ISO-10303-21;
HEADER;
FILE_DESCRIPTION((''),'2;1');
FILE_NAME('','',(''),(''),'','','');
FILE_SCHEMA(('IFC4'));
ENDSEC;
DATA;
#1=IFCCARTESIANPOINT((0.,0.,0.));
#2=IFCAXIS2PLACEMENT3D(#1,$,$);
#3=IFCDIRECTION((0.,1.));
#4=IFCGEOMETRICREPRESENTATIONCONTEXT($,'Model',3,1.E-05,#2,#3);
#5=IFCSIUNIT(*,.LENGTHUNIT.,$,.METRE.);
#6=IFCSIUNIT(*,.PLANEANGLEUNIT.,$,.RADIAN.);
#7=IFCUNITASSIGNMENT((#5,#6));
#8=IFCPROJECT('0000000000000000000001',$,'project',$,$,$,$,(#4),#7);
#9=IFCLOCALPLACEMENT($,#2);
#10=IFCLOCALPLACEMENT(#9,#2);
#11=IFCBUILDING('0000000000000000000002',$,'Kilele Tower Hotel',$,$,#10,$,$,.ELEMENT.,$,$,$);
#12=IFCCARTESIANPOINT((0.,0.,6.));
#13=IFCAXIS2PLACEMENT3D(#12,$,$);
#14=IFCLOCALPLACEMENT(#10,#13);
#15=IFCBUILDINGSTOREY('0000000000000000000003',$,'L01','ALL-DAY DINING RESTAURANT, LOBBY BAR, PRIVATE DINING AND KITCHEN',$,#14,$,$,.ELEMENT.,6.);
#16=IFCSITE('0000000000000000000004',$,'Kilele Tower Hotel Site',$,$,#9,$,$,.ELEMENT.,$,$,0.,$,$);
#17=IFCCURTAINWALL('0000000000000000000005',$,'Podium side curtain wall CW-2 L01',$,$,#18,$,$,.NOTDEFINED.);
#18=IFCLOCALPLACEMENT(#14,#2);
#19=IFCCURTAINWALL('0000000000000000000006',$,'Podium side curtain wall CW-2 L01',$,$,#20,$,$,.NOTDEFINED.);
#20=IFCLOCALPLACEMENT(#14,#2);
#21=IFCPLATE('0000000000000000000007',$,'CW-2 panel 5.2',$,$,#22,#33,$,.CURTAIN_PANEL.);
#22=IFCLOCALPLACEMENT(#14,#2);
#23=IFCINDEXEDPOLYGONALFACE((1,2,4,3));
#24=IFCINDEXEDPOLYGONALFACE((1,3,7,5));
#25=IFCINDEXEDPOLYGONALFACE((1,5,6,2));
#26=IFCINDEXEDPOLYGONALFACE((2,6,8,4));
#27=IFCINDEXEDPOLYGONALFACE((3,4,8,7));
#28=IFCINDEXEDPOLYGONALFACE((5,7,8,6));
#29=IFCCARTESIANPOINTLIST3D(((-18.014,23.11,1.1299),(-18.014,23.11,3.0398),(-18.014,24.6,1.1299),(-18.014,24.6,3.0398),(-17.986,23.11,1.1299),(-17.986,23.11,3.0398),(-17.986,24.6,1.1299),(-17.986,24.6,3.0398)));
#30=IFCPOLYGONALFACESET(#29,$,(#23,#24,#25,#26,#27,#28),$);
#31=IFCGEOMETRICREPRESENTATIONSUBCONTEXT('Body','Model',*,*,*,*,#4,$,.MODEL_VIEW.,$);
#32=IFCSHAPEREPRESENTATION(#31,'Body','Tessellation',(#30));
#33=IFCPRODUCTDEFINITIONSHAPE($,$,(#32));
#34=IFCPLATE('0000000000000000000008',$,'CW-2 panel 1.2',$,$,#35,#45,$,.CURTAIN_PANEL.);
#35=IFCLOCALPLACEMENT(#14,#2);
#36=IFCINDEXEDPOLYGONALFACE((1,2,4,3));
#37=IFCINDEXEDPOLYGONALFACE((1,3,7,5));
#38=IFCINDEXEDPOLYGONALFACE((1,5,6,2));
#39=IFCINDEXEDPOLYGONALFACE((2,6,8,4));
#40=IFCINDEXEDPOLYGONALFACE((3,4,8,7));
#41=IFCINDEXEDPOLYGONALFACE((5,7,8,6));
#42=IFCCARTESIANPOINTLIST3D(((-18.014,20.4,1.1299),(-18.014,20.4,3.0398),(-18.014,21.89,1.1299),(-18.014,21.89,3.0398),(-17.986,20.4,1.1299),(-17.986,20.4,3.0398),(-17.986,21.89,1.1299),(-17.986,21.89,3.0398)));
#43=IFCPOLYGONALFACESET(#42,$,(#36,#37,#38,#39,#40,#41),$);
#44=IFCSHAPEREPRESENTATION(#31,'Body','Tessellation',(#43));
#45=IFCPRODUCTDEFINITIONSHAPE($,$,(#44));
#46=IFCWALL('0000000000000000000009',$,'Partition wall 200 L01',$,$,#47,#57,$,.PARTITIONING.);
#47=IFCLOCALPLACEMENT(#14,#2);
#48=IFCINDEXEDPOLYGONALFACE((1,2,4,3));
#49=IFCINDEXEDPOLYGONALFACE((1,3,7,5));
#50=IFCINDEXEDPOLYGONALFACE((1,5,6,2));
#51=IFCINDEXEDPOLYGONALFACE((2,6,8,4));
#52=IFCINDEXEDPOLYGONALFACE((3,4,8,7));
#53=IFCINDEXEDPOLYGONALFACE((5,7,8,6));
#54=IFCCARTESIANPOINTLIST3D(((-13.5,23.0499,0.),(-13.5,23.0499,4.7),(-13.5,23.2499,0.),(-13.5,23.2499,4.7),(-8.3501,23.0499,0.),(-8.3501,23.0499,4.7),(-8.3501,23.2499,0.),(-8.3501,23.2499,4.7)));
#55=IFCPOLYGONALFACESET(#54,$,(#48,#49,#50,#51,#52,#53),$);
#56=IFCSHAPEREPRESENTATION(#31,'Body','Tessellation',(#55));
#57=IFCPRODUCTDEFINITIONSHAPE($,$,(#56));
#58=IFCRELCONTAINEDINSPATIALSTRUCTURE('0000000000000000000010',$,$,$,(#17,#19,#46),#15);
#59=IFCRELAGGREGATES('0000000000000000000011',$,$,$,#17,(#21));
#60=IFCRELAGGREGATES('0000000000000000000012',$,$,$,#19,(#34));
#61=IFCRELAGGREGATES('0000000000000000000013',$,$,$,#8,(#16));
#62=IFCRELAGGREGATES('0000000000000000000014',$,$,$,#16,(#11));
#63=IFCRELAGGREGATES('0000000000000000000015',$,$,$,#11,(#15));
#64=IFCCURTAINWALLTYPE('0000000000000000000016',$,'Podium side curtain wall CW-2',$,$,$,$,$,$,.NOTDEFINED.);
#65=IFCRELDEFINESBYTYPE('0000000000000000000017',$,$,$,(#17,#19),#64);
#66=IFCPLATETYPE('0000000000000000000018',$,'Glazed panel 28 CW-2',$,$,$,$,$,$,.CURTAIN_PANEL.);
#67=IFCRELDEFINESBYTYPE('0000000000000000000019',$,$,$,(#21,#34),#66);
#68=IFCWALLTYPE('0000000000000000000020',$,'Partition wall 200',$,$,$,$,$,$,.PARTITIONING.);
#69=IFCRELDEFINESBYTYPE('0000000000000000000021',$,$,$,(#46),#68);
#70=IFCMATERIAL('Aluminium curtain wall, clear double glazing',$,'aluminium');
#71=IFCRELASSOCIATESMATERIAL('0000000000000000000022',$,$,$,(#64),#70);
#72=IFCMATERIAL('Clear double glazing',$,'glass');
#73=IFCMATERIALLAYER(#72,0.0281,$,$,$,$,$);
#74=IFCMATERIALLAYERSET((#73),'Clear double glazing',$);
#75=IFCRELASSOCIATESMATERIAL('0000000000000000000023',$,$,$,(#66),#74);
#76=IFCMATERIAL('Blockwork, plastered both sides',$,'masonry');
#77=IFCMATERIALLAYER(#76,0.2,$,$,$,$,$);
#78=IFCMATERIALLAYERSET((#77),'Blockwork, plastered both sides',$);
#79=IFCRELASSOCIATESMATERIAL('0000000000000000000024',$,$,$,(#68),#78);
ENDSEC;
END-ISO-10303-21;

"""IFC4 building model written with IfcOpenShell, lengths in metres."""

from ifc_helpers import new_model, si_unit, direction, frame, frame_2d, origin, origin_2d, place, context, subcontext, project, spatial, rectangle, extrude, material, layer, layer_set, type_object, element, aggregate, save


model = new_model("IFC4")

# Units and contexts
model_context = context("Model", 3, precision=1e-05, world=origin(), true_north=direction((0.0, 1.0)))
body_context = subcontext(model_context, "Body", "Model", "MODEL_VIEW")
ifc_project = project(units=[si_unit("LENGTHUNIT", "METRE"), si_unit("PLANEANGLEUNIT", "RADIAN")], contexts=[model_context])

# Site, building, storey
site_placement = place(None, origin())
site = spatial("IfcSite", under=ifc_project, at=site_placement, Name="Kilele Tower Hotel Site", CompositionType="ELEMENT", RefElevation=0.0)
building_placement = place(site_placement, origin())
building = spatial("IfcBuilding", under=site, at=building_placement, Name="Kilele Tower Hotel", CompositionType="ELEMENT")
storey_placement = place(building_placement, frame((0.0, 0.0, 6.0)))
storey = spatial("IfcBuildingStorey", under=building, at=storey_placement, Name="L01", Description="ALL-DAY DINING RESTAURANT, LOBBY BAR, PRIVATE DINING AND KITCHEN", CompositionType="ELEMENT", Elevation=6.0)

# Curtain wall
ifc_material_1 = material(Name="Aluminium curtain wall, clear double glazing", Category="aluminium")
curtain_wall_type = type_object("IfcCurtainWallType", Name="Podium side curtain wall CW-2", PredefinedType="NOTDEFINED", material=ifc_material_1)
curtain_wall_1_placement = place(storey_placement, origin())
curtain_wall_1 = element("IfcCurtainWall", 1, at=curtain_wall_1_placement, inside=storey, type_object=curtain_wall_type, Name="Podium side curtain wall CW-2 L01", PredefinedType="NOTDEFINED")

# Curtain wall
curtain_wall_2_placement = place(storey_placement, origin())
curtain_wall_2 = element("IfcCurtainWall", 2, at=curtain_wall_2_placement, inside=storey, type_object=curtain_wall_type, Name="Podium side curtain wall CW-2 L01", PredefinedType="NOTDEFINED")

# Plates
ifc_material_2 = material(Name="Clear double glazing", Category="glass")
ifc_layer_1 = layer(ifc_material_2, 0.0281)
ifc_layer_set_1 = layer_set([ifc_layer_1], Name="Clear double glazing")
plate_type = type_object("IfcPlateType", Name="Glazed panel 28 CW-2", PredefinedType="CURTAIN_PANEL", material=ifc_layer_set_1)
plate_1_placement = place(storey_placement, frame((-18.0, 23.855, 1.1299), z_axis=(0.0, 0.0, 1.0), x_axis=(0.0, -1.0, 0.0)))
plate_1 = element("IfcPlate", 3, at=plate_1_placement, type_object=plate_type, Name="CW-2 panel 5.2", PredefinedType="CURTAIN_PANEL", context=body_context, shape_type="SweptSolid", body=[
    extrude(rectangle(XDim=1.49, YDim=0.0281, at=origin_2d()), origin(), (0.0, 0.0, 1.0), 1.9099),
])
aggregate(curtain_wall_1, [plate_1])
plate_2_placement = place(storey_placement, frame((-18.0, 21.145, 1.1299), z_axis=(0.0, 0.0, 1.0), x_axis=(0.0, -1.0, 0.0)))
plate_2 = element("IfcPlate", 4, at=plate_2_placement, type_object=plate_type, Name="CW-2 panel 1.2", PredefinedType="CURTAIN_PANEL", context=body_context, shape_type="SweptSolid", body=[
    extrude(rectangle(XDim=1.49, YDim=0.0281, at=origin_2d()), origin(), (0.0, 0.0, 1.0), 1.9099),
])
aggregate(curtain_wall_2, [plate_2])

# Wall
ifc_material_3 = material(Name="Blockwork, plastered both sides", Category="masonry")
ifc_layer_2 = layer(ifc_material_3, 0.2)
ifc_layer_set_2 = layer_set([ifc_layer_2], Name="Blockwork, plastered both sides")
wall_type = type_object("IfcWallType", Name="Partition wall 200", PredefinedType="PARTITIONING", material=ifc_layer_set_2)
wall_placement = place(storey_placement, frame((-13.5, 23.1499, 0.0), z_axis=(0.0, 0.0, 1.0), x_axis=(1.0, 0.0, 0.0)))
element("IfcWall", 5, at=wall_placement, inside=storey, type_object=wall_type, Name="Partition wall 200 L01", PredefinedType="PARTITIONING", context=body_context, shape_type="SweptSolid", body=[
    extrude(rectangle(XDim=5.1499, YDim=0.2, at=frame_2d((2.575, 0.0))), origin(), (0.0, 0.0, 1.0), 4.7),
])

save(model, "model.ifc")
